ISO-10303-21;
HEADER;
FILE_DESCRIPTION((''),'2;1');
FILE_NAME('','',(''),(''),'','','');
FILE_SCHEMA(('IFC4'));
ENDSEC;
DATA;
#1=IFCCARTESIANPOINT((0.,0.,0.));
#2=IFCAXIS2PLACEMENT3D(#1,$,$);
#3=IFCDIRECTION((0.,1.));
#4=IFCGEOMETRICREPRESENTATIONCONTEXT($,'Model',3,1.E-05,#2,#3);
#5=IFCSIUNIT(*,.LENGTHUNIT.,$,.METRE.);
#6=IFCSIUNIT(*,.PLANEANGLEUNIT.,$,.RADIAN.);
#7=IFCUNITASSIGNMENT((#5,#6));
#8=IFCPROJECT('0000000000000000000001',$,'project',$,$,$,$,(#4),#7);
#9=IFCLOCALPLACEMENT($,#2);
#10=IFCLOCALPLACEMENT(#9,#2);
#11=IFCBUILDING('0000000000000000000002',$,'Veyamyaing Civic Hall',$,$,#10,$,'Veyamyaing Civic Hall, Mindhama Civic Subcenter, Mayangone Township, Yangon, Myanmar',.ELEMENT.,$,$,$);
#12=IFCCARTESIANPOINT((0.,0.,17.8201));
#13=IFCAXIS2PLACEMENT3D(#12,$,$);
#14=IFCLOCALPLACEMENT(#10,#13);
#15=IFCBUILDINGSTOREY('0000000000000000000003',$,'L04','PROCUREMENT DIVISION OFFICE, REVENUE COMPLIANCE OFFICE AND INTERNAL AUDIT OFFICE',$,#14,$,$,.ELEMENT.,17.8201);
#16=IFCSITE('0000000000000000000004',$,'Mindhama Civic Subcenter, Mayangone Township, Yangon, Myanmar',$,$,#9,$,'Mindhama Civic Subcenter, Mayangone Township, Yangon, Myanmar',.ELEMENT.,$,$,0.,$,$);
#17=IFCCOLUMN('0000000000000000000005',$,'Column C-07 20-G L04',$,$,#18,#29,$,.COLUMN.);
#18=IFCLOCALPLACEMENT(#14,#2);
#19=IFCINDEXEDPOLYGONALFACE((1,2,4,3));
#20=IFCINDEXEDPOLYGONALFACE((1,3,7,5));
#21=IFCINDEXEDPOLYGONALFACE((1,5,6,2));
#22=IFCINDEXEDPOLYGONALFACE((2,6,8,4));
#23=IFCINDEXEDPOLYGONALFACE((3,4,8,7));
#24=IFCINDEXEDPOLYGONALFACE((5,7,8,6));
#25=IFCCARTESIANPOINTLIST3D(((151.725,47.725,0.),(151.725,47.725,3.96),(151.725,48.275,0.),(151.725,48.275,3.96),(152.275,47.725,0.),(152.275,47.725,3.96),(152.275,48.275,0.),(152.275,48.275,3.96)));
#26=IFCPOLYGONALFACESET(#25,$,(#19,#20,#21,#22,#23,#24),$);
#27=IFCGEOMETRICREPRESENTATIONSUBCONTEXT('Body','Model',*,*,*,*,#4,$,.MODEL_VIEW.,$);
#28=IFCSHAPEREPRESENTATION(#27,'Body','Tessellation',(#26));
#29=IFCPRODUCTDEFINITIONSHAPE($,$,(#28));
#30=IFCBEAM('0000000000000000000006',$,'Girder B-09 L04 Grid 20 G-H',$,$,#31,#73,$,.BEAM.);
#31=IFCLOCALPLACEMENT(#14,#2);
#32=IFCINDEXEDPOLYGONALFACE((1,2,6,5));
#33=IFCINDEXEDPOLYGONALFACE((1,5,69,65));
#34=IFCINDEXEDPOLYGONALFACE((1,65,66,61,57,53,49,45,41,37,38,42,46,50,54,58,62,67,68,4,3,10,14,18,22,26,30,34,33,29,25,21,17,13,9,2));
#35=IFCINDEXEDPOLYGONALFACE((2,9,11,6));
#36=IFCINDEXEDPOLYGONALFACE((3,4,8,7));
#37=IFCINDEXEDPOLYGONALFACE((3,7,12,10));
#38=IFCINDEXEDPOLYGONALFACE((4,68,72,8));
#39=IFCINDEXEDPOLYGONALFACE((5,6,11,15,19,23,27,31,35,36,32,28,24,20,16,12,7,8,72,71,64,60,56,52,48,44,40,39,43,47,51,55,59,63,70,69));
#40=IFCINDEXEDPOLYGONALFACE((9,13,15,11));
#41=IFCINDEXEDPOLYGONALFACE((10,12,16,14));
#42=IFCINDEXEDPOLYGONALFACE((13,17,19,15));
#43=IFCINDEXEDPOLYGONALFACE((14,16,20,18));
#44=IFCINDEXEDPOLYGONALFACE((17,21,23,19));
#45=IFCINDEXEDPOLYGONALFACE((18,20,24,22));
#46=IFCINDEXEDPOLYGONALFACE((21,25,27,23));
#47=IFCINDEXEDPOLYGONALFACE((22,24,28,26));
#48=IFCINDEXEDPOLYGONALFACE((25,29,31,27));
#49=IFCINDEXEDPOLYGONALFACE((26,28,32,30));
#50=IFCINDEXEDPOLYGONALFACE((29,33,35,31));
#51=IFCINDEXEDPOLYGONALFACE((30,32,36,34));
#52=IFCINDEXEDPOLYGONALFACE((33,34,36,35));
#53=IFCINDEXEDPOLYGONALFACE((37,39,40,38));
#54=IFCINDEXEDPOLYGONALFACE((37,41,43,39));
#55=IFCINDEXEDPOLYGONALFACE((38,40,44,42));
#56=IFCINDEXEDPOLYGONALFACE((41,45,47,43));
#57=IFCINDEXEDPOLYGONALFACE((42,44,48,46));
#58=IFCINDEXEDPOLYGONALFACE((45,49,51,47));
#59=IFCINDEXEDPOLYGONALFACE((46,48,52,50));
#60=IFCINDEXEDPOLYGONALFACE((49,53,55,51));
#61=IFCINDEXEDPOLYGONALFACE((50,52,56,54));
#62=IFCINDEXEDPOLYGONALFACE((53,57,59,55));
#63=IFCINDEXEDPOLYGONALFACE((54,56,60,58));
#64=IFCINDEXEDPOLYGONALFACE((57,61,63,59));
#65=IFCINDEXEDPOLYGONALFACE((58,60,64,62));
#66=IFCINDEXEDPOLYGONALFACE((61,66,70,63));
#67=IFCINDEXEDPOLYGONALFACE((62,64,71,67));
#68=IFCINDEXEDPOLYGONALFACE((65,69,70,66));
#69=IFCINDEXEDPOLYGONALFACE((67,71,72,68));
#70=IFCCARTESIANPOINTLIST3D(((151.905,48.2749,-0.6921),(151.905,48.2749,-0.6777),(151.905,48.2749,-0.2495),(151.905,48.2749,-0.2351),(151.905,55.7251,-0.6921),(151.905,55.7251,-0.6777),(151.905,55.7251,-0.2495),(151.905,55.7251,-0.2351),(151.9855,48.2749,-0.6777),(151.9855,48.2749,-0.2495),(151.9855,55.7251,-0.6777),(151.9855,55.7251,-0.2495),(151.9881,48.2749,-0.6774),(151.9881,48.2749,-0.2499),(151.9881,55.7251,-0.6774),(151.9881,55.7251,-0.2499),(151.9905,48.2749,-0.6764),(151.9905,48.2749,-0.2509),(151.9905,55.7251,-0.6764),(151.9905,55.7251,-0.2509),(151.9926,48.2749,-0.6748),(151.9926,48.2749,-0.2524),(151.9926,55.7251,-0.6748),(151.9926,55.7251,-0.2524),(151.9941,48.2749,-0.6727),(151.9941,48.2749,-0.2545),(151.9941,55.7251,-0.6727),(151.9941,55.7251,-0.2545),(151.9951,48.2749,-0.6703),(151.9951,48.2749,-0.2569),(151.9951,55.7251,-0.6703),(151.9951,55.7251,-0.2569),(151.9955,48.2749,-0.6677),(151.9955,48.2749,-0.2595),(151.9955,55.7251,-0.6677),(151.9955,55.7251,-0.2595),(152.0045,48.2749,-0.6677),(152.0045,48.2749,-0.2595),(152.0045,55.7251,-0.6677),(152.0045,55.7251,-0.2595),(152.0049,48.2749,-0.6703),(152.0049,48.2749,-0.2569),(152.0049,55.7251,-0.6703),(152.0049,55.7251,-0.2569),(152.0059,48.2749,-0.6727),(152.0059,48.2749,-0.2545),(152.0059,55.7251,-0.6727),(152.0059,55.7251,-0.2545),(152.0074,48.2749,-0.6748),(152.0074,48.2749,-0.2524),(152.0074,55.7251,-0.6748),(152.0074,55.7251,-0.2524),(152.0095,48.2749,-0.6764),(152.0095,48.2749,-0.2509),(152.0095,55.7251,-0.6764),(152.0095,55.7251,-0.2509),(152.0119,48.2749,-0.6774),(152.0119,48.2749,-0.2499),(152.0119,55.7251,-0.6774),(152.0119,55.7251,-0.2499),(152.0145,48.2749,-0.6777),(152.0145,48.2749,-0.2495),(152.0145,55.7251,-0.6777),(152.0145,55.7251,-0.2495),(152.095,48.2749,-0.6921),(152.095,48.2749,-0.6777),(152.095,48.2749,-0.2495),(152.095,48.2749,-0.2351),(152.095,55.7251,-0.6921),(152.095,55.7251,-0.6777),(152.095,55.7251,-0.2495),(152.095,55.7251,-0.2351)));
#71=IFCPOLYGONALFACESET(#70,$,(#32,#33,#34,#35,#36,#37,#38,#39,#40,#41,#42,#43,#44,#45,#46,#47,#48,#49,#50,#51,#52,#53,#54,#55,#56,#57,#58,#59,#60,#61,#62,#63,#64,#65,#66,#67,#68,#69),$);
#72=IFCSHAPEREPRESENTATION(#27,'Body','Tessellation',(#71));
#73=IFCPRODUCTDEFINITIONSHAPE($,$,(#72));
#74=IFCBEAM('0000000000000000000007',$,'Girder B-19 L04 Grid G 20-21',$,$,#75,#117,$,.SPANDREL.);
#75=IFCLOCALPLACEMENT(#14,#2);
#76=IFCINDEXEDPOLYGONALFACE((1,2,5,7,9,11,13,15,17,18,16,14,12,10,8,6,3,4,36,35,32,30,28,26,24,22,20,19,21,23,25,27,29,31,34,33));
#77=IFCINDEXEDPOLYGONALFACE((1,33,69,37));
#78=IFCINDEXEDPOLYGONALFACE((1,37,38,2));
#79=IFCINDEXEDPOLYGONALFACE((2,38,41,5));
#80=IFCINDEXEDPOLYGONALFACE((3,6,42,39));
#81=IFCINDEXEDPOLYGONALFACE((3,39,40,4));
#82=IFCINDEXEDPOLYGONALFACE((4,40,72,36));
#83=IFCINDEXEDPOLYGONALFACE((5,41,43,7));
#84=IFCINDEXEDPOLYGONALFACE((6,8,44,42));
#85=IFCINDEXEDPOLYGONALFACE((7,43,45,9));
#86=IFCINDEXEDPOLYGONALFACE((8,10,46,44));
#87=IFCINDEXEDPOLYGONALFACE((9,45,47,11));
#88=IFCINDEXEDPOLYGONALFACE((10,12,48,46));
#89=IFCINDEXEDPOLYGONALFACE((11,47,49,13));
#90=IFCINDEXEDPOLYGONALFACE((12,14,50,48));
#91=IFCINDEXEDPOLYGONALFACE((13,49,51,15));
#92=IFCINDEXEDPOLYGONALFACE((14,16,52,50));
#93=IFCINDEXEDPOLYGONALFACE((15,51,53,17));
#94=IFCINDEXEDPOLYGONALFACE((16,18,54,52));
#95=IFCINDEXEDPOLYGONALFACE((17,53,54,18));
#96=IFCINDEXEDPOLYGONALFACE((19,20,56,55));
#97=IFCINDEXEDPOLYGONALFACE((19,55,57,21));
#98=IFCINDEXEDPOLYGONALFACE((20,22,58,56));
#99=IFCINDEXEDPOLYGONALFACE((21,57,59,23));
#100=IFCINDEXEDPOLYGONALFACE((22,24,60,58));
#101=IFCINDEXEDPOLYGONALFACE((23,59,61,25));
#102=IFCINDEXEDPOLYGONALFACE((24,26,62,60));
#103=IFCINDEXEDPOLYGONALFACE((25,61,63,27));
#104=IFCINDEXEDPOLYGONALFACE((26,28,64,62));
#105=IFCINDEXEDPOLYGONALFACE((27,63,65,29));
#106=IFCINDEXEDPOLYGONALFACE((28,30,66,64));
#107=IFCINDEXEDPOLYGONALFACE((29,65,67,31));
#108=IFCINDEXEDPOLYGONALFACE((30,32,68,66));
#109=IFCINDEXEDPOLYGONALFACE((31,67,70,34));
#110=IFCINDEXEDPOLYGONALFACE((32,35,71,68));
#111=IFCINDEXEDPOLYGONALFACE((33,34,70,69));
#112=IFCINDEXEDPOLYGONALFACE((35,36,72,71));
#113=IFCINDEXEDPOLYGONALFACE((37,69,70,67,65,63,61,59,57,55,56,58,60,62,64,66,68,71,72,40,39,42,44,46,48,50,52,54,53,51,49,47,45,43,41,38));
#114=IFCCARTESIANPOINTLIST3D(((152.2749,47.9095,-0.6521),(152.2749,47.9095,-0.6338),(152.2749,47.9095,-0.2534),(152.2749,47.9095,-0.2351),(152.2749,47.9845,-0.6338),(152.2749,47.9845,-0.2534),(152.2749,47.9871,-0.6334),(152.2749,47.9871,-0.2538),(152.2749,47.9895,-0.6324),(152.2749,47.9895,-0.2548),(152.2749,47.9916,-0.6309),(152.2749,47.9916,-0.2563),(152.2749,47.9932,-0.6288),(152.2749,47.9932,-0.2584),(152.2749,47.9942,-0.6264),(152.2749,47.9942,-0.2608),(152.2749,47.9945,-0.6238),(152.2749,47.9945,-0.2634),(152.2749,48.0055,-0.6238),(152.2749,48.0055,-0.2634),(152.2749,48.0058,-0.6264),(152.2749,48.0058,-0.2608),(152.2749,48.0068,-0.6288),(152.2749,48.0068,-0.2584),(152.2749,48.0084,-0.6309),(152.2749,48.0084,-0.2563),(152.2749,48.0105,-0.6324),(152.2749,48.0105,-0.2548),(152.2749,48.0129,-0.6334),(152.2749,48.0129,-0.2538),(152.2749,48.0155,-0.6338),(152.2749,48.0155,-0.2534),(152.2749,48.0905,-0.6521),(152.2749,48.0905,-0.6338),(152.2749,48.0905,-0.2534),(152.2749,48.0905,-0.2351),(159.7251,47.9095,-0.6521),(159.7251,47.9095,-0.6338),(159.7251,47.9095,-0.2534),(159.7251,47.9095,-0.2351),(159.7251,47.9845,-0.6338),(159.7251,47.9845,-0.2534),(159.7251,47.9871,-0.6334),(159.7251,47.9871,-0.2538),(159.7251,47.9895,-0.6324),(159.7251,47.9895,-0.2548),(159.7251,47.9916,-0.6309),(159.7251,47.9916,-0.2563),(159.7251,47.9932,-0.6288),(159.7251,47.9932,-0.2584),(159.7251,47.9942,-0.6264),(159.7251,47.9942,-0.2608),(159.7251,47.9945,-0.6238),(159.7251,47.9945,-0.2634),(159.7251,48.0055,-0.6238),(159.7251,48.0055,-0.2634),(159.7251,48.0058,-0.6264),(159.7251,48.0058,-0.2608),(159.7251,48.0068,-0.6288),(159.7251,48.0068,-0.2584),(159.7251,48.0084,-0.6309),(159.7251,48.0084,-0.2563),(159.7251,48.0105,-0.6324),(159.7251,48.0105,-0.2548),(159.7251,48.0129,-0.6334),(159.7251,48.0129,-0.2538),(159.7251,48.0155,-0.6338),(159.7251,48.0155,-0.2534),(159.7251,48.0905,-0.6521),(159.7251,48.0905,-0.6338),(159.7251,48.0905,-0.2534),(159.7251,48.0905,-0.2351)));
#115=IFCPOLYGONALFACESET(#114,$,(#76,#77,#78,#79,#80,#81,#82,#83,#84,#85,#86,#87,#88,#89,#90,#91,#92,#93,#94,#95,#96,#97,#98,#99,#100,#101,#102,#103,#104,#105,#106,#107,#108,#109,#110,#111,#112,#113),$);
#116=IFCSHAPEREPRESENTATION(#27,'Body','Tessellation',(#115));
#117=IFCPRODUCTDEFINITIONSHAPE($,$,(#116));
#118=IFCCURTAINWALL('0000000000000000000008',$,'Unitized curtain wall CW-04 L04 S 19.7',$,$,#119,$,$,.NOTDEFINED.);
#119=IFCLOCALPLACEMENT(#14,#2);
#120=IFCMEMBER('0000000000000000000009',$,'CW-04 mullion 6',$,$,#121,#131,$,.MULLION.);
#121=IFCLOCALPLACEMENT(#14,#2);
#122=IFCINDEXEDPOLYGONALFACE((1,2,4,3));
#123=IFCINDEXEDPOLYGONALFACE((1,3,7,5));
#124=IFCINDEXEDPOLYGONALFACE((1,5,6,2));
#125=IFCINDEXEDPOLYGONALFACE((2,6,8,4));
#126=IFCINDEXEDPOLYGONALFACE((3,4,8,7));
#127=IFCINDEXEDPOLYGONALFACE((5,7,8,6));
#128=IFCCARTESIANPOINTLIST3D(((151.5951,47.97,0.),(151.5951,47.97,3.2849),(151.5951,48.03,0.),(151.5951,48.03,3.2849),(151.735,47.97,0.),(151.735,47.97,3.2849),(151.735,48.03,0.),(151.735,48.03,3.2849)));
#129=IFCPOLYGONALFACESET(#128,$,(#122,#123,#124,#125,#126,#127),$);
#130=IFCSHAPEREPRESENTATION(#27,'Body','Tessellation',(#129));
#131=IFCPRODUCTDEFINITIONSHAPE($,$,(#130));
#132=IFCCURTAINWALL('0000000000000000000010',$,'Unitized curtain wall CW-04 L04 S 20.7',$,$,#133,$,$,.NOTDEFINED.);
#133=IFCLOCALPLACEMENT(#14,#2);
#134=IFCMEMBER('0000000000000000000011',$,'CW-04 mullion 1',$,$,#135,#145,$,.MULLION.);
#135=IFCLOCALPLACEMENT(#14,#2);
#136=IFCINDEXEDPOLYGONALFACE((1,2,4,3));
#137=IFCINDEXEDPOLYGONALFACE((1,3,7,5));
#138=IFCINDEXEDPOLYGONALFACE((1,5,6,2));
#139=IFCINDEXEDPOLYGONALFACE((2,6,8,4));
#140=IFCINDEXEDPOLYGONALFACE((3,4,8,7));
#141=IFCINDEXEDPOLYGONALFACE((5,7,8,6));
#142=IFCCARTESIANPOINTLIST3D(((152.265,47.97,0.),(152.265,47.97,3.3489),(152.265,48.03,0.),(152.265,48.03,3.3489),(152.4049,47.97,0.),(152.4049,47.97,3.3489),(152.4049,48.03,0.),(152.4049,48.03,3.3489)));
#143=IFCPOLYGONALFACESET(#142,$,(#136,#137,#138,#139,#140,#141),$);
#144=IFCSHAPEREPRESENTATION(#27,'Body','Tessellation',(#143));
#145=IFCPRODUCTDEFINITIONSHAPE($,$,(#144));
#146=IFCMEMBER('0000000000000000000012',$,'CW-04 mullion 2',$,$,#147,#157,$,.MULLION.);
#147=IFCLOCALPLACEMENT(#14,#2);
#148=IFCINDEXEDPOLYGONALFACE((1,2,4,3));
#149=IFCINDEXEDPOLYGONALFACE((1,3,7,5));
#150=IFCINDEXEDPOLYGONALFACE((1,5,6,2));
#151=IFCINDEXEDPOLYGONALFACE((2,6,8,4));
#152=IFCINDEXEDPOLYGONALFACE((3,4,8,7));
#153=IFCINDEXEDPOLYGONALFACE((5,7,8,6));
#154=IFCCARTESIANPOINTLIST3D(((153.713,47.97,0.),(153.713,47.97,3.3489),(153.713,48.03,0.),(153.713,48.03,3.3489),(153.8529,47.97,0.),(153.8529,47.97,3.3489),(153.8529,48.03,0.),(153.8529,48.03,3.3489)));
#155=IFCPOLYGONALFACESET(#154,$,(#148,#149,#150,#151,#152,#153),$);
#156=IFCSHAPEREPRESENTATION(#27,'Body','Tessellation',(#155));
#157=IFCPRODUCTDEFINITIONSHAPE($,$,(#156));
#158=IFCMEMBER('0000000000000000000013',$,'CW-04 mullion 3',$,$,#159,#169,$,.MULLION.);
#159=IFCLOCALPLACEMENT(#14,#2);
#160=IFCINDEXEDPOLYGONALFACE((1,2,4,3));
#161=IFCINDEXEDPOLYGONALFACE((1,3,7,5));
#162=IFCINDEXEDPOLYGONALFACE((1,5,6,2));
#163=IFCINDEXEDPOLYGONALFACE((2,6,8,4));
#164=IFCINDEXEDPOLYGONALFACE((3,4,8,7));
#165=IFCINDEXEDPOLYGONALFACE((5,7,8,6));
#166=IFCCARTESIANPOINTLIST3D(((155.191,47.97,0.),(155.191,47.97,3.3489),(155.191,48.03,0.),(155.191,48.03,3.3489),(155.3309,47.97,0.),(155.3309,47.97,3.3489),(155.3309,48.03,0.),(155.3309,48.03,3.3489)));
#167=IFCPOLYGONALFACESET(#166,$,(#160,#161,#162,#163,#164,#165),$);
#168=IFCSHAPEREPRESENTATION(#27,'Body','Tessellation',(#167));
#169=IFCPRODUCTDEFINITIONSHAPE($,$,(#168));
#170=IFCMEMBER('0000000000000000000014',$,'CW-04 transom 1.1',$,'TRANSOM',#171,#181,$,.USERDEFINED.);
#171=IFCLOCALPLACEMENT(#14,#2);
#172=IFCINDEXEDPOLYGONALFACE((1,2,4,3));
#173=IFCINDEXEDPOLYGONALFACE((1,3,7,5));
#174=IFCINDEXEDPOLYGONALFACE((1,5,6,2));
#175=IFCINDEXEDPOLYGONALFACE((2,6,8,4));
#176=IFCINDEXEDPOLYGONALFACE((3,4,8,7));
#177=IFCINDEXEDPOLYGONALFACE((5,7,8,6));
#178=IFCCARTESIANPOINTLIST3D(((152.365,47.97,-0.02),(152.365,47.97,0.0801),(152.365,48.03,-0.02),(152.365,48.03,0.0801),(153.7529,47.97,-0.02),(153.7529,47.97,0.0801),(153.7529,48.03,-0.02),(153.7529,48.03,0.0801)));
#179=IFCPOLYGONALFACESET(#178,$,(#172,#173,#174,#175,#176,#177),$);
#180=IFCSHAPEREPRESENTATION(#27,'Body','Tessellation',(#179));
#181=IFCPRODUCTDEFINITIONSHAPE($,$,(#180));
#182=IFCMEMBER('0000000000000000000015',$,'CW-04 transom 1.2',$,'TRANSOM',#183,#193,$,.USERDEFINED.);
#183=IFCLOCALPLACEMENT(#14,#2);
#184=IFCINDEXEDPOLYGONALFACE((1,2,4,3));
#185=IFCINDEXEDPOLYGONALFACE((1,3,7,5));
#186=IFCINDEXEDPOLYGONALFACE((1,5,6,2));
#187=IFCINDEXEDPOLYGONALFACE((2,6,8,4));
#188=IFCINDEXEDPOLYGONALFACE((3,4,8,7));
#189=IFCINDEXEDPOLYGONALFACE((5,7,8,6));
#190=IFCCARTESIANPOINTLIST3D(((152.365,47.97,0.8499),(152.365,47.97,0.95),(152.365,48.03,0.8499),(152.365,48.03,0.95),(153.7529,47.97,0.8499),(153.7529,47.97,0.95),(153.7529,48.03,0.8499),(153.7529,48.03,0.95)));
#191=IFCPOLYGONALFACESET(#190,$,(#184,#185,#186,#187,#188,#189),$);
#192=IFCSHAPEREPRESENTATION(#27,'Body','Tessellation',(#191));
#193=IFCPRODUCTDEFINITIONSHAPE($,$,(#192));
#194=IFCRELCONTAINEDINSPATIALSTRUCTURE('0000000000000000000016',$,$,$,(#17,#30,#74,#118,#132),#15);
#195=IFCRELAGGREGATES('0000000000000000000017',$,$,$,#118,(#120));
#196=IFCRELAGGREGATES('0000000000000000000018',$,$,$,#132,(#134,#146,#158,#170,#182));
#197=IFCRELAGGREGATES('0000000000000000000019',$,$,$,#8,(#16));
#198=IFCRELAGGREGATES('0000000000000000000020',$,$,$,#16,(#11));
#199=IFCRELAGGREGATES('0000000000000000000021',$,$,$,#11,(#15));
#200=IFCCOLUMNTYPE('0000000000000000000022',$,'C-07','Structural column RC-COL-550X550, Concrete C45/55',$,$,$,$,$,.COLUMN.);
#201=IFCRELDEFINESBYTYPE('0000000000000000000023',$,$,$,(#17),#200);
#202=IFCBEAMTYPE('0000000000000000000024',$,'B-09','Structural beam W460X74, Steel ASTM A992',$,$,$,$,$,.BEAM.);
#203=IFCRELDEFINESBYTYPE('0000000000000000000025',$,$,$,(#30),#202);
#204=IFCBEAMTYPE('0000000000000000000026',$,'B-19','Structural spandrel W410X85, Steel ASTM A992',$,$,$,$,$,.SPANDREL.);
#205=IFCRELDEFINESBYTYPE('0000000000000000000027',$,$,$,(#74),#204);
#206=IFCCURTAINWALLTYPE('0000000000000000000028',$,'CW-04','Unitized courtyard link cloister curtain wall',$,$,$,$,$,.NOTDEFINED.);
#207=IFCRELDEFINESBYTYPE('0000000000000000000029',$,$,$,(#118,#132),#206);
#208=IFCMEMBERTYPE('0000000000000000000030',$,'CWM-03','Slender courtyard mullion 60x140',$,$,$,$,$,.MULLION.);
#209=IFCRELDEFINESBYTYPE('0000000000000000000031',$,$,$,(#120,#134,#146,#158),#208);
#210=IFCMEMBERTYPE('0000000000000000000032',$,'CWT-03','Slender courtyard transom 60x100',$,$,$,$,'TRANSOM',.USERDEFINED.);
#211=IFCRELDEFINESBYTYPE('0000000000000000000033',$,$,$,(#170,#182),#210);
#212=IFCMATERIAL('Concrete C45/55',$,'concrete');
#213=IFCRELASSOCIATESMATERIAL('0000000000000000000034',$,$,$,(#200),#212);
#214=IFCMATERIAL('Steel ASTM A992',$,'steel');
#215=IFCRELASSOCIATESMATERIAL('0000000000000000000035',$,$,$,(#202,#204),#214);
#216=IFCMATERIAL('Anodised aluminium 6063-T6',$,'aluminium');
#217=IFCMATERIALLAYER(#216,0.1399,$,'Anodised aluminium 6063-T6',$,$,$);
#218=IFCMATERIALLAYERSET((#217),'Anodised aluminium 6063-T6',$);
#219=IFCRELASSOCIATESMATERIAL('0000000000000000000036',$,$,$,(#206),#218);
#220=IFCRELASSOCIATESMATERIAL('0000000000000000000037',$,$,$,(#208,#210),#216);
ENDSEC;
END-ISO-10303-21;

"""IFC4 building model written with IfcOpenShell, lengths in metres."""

from ifc_helpers import new_model, si_unit, direction, frame, origin, origin_2d, place, context, subcontext, project, spatial, rectangle, i_section, extrude, material, layer, layer_set, material_profile, profile_set, type_object, element, aggregate, save


model = new_model("IFC4")

# Units and contexts
model_context = context("Model", 3, precision=1e-05, world=origin(), true_north=direction((0.0, 1.0)))
body_context = subcontext(model_context, "Body", "Model", "MODEL_VIEW")
ifc_project = project(units=[si_unit("LENGTHUNIT", "METRE"), si_unit("PLANEANGLEUNIT", "RADIAN")], contexts=[model_context])

# Site, building, storey
site_placement = place(None, origin())
site = spatial("IfcSite", under=ifc_project, at=site_placement, Name="Mindhama Civic Subcenter, Mayangone Township, Yangon, Myanmar", LongName="Mindhama Civic Subcenter, Mayangone Township, Yangon, Myanmar", CompositionType="ELEMENT", RefElevation=0.0)
building_placement = place(site_placement, origin())
building = spatial("IfcBuilding", under=site, at=building_placement, Name="Veyamyaing Civic Hall", LongName="Veyamyaing Civic Hall, Mindhama Civic Subcenter, Mayangone Township, Yangon, Myanmar", CompositionType="ELEMENT")
storey_placement = place(building_placement, frame((0.0, 0.0, 17.8201)))
storey = spatial("IfcBuildingStorey", under=building, at=storey_placement, Name="L04", Description="PROCUREMENT DIVISION OFFICE, REVENUE COMPLIANCE OFFICE AND INTERNAL AUDIT OFFICE", CompositionType="ELEMENT", Elevation=17.8201)

# Column
ifc_material_1 = material(Name="Concrete C45/55", Category="concrete")
ifc_material_profile_1 = material_profile(ifc_material_1, rectangle(XDim=0.55, YDim=0.55, at=origin_2d()), Name="RC-COL-550X550")
ifc_profile_set_1 = profile_set([ifc_material_profile_1], Name="Concrete C45/55")
column_type = type_object("IfcColumnType", Name="C-07", Description="Structural column RC-COL-550X550, Concrete C45/55", PredefinedType="COLUMN", material=ifc_profile_set_1)
column_placement = place(storey_placement, frame((152.0, 48.0, 0.0), z_axis=(0.0, 0.0, 1.0), x_axis=(1.0, 0.0, 0.0)))
element("IfcColumn", 1, at=column_placement, inside=storey, type_object=column_type, Name="Column C-07 20-G L04", PredefinedType="COLUMN", context=body_context, shape_type="SweptSolid", body=[
    extrude(rectangle(XDim=0.55, YDim=0.55, at=origin_2d()), origin(), (0.0, 0.0, 1.0), 3.96),
])

# Beams
ifc_material_2 = material(Name="Steel ASTM A992", Category="steel")
ifc_material_profile_2 = material_profile(ifc_material_2, i_section(OverallWidth=0.1899, OverallDepth=0.457, WebThickness=0.009, FlangeThickness=0.0144, FilletRadius=0.01, at=origin_2d()), Name="W460X74")
ifc_profile_set_2 = profile_set([ifc_material_profile_2], Name="Steel ASTM A992")
beam_type_1 = type_object("IfcBeamType", Name="B-09", Description="Structural beam W460X74, Steel ASTM A992", PredefinedType="BEAM", material=ifc_profile_set_2)
beam_1_placement = place(storey_placement, frame((152.0, 48.2749, -0.4636), z_axis=(0.0, 1.0, 0.0), x_axis=(-1.0, 0.0, 0.0)))
element("IfcBeam", 2, at=beam_1_placement, inside=storey, type_object=beam_type_1, Name="Girder B-09 L04 Grid 20 G-H", PredefinedType="BEAM", context=body_context, shape_type="SweptSolid", body=[
    extrude(i_section(OverallWidth=0.1899, OverallDepth=0.457, WebThickness=0.009, FlangeThickness=0.0144, FilletRadius=0.01, at=origin_2d()), origin(), (0.0, 0.0, 1.0), 7.4502),
])
ifc_material_profile_3 = material_profile(ifc_material_2, i_section(OverallWidth=0.1809, OverallDepth=0.417, WebThickness=0.011, FlangeThickness=0.0183, FilletRadius=0.01, at=origin_2d()), Name="W410X85")
ifc_profile_set_3 = profile_set([ifc_material_profile_3], Name="Steel ASTM A992")
beam_type_2 = type_object("IfcBeamType", Name="B-19", Description="Structural spandrel W410X85, Steel ASTM A992", PredefinedType="SPANDREL", material=ifc_profile_set_3)
beam_2_placement = place(storey_placement, frame((152.2749, 48.0, -0.4436), z_axis=(1.0, 0.0, 0.0), x_axis=(0.0, 1.0, 0.0)))
element("IfcBeam", 3, at=beam_2_placement, inside=storey, type_object=beam_type_2, Name="Girder B-19 L04 Grid G 20-21", PredefinedType="SPANDREL", context=body_context, shape_type="SweptSolid", body=[
    extrude(i_section(OverallWidth=0.1809, OverallDepth=0.417, WebThickness=0.011, FlangeThickness=0.0183, FilletRadius=0.01, at=origin_2d()), origin(), (0.0, 0.0, 1.0), 7.4502),
])

# Curtain wall, member
ifc_material_3 = material(Name="Anodised aluminium 6063-T6", Category="aluminium")
ifc_layer_1 = layer(ifc_material_3, 0.1399, Name="Anodised aluminium 6063-T6")
ifc_layer_set_1 = layer_set([ifc_layer_1], Name="Anodised aluminium 6063-T6")
curtain_wall_type = type_object("IfcCurtainWallType", Name="CW-04", Description="Unitized courtyard link cloister curtain wall", PredefinedType="NOTDEFINED", material=ifc_layer_set_1)
curtain_wall_1_placement = place(storey_placement, origin())
curtain_wall_1 = element("IfcCurtainWall", 4, at=curtain_wall_1_placement, inside=storey, type_object=curtain_wall_type, Name="Unitized curtain wall CW-04 L04 S 19.7", PredefinedType="NOTDEFINED")
ifc_material_profile_4 = material_profile(ifc_material_3, rectangle(XDim=0.0601, YDim=0.1399, at=origin_2d()), Name="ALU-MUL-60X140")
ifc_profile_set_4 = profile_set([ifc_material_profile_4], Name="Anodised aluminium 6063-T6")
member_type_1 = type_object("IfcMemberType", Name="CWM-03", Description="Slender courtyard mullion 60x140", PredefinedType="MULLION", material=ifc_profile_set_4)
member_1_placement = place(storey_placement, frame((151.665, 48.0, 0.0), z_axis=(0.0, 0.0, 1.0), x_axis=(0.0, 1.0, 0.0)))
member_1 = element("IfcMember", 5, at=member_1_placement, type_object=member_type_1, Name="CW-04 mullion 6", PredefinedType="MULLION", context=body_context, shape_type="SweptSolid", body=[
    extrude(rectangle(XDim=0.0601, YDim=0.1399, at=origin_2d()), origin(), (0.0, 0.0, 1.0), 3.2849),
])
aggregate(curtain_wall_1, [member_1])

# Curtain wall, members
curtain_wall_2_placement = place(storey_placement, origin())
curtain_wall_2 = element("IfcCurtainWall", 6, at=curtain_wall_2_placement, inside=storey, type_object=curtain_wall_type, Name="Unitized curtain wall CW-04 L04 S 20.7", PredefinedType="NOTDEFINED")
member_2_placement = place(storey_placement, frame((152.335, 48.0, 0.0), z_axis=(0.0, 0.0, 1.0), x_axis=(0.0, 1.0, 0.0)))
member_2 = element("IfcMember", 7, at=member_2_placement, type_object=member_type_1, Name="CW-04 mullion 1", PredefinedType="MULLION", context=body_context, shape_type="SweptSolid", body=[
    extrude(rectangle(XDim=0.0601, YDim=0.1399, at=origin_2d()), origin(), (0.0, 0.0, 1.0), 3.3489),
])
member_3_placement = place(storey_placement, frame((153.783, 48.0, 0.0), z_axis=(0.0, 0.0, 1.0), x_axis=(0.0, 1.0, 0.0)))
member_3 = element("IfcMember", 8, at=member_3_placement, type_object=member_type_1, Name="CW-04 mullion 2", PredefinedType="MULLION", context=body_context, shape_type="SweptSolid", body=[
    extrude(rectangle(XDim=0.0601, YDim=0.1399, at=origin_2d()), origin(), (0.0, 0.0, 1.0), 3.3489),
])
member_4_placement = place(storey_placement, frame((155.261, 48.0, 0.0), z_axis=(0.0, 0.0, 1.0), x_axis=(0.0, 1.0, 0.0)))
member_4 = element("IfcMember", 9, at=member_4_placement, type_object=member_type_1, Name="CW-04 mullion 3", PredefinedType="MULLION", context=body_context, shape_type="SweptSolid", body=[
    extrude(rectangle(XDim=0.0601, YDim=0.1399, at=origin_2d()), origin(), (0.0, 0.0, 1.0), 3.3489),
])
ifc_material_profile_5 = material_profile(ifc_material_3, rectangle(XDim=0.0601, YDim=0.1001, at=origin_2d()), Name="ALU-TRN-60X100")
ifc_profile_set_5 = profile_set([ifc_material_profile_5], Name="Anodised aluminium 6063-T6")
member_type_2 = type_object("IfcMemberType", Name="CWT-03", Description="Slender courtyard transom 60x100", ElementType="TRANSOM", PredefinedType="USERDEFINED", material=ifc_profile_set_5)
member_5_placement = place(storey_placement, frame((152.365, 48.0, 0.03), z_axis=(1.0, 0.0, 0.0), x_axis=(0.0, 1.0, 0.0)))
member_5 = element("IfcMember", 10, at=member_5_placement, type_object=member_type_2, Name="CW-04 transom 1.1", ObjectType="TRANSOM", PredefinedType="USERDEFINED", context=body_context, shape_type="SweptSolid", body=[
    extrude(rectangle(XDim=0.0601, YDim=0.1001, at=origin_2d()), origin(), (0.0, 0.0, 1.0), 1.3879),
])
member_6_placement = place(storey_placement, frame((152.365, 48.0, 0.8999), z_axis=(1.0, 0.0, 0.0), x_axis=(0.0, 1.0, 0.0)))
member_6 = element("IfcMember", 11, at=member_6_placement, type_object=member_type_2, Name="CW-04 transom 1.2", ObjectType="TRANSOM", PredefinedType="USERDEFINED", context=body_context, shape_type="SweptSolid", body=[
    extrude(rectangle(XDim=0.0601, YDim=0.1001, at=origin_2d()), origin(), (0.0, 0.0, 1.0), 1.3879),
])

aggregate(curtain_wall_2, [member_2, member_3, member_4, member_5, member_6])

save(model, "model.ifc")
